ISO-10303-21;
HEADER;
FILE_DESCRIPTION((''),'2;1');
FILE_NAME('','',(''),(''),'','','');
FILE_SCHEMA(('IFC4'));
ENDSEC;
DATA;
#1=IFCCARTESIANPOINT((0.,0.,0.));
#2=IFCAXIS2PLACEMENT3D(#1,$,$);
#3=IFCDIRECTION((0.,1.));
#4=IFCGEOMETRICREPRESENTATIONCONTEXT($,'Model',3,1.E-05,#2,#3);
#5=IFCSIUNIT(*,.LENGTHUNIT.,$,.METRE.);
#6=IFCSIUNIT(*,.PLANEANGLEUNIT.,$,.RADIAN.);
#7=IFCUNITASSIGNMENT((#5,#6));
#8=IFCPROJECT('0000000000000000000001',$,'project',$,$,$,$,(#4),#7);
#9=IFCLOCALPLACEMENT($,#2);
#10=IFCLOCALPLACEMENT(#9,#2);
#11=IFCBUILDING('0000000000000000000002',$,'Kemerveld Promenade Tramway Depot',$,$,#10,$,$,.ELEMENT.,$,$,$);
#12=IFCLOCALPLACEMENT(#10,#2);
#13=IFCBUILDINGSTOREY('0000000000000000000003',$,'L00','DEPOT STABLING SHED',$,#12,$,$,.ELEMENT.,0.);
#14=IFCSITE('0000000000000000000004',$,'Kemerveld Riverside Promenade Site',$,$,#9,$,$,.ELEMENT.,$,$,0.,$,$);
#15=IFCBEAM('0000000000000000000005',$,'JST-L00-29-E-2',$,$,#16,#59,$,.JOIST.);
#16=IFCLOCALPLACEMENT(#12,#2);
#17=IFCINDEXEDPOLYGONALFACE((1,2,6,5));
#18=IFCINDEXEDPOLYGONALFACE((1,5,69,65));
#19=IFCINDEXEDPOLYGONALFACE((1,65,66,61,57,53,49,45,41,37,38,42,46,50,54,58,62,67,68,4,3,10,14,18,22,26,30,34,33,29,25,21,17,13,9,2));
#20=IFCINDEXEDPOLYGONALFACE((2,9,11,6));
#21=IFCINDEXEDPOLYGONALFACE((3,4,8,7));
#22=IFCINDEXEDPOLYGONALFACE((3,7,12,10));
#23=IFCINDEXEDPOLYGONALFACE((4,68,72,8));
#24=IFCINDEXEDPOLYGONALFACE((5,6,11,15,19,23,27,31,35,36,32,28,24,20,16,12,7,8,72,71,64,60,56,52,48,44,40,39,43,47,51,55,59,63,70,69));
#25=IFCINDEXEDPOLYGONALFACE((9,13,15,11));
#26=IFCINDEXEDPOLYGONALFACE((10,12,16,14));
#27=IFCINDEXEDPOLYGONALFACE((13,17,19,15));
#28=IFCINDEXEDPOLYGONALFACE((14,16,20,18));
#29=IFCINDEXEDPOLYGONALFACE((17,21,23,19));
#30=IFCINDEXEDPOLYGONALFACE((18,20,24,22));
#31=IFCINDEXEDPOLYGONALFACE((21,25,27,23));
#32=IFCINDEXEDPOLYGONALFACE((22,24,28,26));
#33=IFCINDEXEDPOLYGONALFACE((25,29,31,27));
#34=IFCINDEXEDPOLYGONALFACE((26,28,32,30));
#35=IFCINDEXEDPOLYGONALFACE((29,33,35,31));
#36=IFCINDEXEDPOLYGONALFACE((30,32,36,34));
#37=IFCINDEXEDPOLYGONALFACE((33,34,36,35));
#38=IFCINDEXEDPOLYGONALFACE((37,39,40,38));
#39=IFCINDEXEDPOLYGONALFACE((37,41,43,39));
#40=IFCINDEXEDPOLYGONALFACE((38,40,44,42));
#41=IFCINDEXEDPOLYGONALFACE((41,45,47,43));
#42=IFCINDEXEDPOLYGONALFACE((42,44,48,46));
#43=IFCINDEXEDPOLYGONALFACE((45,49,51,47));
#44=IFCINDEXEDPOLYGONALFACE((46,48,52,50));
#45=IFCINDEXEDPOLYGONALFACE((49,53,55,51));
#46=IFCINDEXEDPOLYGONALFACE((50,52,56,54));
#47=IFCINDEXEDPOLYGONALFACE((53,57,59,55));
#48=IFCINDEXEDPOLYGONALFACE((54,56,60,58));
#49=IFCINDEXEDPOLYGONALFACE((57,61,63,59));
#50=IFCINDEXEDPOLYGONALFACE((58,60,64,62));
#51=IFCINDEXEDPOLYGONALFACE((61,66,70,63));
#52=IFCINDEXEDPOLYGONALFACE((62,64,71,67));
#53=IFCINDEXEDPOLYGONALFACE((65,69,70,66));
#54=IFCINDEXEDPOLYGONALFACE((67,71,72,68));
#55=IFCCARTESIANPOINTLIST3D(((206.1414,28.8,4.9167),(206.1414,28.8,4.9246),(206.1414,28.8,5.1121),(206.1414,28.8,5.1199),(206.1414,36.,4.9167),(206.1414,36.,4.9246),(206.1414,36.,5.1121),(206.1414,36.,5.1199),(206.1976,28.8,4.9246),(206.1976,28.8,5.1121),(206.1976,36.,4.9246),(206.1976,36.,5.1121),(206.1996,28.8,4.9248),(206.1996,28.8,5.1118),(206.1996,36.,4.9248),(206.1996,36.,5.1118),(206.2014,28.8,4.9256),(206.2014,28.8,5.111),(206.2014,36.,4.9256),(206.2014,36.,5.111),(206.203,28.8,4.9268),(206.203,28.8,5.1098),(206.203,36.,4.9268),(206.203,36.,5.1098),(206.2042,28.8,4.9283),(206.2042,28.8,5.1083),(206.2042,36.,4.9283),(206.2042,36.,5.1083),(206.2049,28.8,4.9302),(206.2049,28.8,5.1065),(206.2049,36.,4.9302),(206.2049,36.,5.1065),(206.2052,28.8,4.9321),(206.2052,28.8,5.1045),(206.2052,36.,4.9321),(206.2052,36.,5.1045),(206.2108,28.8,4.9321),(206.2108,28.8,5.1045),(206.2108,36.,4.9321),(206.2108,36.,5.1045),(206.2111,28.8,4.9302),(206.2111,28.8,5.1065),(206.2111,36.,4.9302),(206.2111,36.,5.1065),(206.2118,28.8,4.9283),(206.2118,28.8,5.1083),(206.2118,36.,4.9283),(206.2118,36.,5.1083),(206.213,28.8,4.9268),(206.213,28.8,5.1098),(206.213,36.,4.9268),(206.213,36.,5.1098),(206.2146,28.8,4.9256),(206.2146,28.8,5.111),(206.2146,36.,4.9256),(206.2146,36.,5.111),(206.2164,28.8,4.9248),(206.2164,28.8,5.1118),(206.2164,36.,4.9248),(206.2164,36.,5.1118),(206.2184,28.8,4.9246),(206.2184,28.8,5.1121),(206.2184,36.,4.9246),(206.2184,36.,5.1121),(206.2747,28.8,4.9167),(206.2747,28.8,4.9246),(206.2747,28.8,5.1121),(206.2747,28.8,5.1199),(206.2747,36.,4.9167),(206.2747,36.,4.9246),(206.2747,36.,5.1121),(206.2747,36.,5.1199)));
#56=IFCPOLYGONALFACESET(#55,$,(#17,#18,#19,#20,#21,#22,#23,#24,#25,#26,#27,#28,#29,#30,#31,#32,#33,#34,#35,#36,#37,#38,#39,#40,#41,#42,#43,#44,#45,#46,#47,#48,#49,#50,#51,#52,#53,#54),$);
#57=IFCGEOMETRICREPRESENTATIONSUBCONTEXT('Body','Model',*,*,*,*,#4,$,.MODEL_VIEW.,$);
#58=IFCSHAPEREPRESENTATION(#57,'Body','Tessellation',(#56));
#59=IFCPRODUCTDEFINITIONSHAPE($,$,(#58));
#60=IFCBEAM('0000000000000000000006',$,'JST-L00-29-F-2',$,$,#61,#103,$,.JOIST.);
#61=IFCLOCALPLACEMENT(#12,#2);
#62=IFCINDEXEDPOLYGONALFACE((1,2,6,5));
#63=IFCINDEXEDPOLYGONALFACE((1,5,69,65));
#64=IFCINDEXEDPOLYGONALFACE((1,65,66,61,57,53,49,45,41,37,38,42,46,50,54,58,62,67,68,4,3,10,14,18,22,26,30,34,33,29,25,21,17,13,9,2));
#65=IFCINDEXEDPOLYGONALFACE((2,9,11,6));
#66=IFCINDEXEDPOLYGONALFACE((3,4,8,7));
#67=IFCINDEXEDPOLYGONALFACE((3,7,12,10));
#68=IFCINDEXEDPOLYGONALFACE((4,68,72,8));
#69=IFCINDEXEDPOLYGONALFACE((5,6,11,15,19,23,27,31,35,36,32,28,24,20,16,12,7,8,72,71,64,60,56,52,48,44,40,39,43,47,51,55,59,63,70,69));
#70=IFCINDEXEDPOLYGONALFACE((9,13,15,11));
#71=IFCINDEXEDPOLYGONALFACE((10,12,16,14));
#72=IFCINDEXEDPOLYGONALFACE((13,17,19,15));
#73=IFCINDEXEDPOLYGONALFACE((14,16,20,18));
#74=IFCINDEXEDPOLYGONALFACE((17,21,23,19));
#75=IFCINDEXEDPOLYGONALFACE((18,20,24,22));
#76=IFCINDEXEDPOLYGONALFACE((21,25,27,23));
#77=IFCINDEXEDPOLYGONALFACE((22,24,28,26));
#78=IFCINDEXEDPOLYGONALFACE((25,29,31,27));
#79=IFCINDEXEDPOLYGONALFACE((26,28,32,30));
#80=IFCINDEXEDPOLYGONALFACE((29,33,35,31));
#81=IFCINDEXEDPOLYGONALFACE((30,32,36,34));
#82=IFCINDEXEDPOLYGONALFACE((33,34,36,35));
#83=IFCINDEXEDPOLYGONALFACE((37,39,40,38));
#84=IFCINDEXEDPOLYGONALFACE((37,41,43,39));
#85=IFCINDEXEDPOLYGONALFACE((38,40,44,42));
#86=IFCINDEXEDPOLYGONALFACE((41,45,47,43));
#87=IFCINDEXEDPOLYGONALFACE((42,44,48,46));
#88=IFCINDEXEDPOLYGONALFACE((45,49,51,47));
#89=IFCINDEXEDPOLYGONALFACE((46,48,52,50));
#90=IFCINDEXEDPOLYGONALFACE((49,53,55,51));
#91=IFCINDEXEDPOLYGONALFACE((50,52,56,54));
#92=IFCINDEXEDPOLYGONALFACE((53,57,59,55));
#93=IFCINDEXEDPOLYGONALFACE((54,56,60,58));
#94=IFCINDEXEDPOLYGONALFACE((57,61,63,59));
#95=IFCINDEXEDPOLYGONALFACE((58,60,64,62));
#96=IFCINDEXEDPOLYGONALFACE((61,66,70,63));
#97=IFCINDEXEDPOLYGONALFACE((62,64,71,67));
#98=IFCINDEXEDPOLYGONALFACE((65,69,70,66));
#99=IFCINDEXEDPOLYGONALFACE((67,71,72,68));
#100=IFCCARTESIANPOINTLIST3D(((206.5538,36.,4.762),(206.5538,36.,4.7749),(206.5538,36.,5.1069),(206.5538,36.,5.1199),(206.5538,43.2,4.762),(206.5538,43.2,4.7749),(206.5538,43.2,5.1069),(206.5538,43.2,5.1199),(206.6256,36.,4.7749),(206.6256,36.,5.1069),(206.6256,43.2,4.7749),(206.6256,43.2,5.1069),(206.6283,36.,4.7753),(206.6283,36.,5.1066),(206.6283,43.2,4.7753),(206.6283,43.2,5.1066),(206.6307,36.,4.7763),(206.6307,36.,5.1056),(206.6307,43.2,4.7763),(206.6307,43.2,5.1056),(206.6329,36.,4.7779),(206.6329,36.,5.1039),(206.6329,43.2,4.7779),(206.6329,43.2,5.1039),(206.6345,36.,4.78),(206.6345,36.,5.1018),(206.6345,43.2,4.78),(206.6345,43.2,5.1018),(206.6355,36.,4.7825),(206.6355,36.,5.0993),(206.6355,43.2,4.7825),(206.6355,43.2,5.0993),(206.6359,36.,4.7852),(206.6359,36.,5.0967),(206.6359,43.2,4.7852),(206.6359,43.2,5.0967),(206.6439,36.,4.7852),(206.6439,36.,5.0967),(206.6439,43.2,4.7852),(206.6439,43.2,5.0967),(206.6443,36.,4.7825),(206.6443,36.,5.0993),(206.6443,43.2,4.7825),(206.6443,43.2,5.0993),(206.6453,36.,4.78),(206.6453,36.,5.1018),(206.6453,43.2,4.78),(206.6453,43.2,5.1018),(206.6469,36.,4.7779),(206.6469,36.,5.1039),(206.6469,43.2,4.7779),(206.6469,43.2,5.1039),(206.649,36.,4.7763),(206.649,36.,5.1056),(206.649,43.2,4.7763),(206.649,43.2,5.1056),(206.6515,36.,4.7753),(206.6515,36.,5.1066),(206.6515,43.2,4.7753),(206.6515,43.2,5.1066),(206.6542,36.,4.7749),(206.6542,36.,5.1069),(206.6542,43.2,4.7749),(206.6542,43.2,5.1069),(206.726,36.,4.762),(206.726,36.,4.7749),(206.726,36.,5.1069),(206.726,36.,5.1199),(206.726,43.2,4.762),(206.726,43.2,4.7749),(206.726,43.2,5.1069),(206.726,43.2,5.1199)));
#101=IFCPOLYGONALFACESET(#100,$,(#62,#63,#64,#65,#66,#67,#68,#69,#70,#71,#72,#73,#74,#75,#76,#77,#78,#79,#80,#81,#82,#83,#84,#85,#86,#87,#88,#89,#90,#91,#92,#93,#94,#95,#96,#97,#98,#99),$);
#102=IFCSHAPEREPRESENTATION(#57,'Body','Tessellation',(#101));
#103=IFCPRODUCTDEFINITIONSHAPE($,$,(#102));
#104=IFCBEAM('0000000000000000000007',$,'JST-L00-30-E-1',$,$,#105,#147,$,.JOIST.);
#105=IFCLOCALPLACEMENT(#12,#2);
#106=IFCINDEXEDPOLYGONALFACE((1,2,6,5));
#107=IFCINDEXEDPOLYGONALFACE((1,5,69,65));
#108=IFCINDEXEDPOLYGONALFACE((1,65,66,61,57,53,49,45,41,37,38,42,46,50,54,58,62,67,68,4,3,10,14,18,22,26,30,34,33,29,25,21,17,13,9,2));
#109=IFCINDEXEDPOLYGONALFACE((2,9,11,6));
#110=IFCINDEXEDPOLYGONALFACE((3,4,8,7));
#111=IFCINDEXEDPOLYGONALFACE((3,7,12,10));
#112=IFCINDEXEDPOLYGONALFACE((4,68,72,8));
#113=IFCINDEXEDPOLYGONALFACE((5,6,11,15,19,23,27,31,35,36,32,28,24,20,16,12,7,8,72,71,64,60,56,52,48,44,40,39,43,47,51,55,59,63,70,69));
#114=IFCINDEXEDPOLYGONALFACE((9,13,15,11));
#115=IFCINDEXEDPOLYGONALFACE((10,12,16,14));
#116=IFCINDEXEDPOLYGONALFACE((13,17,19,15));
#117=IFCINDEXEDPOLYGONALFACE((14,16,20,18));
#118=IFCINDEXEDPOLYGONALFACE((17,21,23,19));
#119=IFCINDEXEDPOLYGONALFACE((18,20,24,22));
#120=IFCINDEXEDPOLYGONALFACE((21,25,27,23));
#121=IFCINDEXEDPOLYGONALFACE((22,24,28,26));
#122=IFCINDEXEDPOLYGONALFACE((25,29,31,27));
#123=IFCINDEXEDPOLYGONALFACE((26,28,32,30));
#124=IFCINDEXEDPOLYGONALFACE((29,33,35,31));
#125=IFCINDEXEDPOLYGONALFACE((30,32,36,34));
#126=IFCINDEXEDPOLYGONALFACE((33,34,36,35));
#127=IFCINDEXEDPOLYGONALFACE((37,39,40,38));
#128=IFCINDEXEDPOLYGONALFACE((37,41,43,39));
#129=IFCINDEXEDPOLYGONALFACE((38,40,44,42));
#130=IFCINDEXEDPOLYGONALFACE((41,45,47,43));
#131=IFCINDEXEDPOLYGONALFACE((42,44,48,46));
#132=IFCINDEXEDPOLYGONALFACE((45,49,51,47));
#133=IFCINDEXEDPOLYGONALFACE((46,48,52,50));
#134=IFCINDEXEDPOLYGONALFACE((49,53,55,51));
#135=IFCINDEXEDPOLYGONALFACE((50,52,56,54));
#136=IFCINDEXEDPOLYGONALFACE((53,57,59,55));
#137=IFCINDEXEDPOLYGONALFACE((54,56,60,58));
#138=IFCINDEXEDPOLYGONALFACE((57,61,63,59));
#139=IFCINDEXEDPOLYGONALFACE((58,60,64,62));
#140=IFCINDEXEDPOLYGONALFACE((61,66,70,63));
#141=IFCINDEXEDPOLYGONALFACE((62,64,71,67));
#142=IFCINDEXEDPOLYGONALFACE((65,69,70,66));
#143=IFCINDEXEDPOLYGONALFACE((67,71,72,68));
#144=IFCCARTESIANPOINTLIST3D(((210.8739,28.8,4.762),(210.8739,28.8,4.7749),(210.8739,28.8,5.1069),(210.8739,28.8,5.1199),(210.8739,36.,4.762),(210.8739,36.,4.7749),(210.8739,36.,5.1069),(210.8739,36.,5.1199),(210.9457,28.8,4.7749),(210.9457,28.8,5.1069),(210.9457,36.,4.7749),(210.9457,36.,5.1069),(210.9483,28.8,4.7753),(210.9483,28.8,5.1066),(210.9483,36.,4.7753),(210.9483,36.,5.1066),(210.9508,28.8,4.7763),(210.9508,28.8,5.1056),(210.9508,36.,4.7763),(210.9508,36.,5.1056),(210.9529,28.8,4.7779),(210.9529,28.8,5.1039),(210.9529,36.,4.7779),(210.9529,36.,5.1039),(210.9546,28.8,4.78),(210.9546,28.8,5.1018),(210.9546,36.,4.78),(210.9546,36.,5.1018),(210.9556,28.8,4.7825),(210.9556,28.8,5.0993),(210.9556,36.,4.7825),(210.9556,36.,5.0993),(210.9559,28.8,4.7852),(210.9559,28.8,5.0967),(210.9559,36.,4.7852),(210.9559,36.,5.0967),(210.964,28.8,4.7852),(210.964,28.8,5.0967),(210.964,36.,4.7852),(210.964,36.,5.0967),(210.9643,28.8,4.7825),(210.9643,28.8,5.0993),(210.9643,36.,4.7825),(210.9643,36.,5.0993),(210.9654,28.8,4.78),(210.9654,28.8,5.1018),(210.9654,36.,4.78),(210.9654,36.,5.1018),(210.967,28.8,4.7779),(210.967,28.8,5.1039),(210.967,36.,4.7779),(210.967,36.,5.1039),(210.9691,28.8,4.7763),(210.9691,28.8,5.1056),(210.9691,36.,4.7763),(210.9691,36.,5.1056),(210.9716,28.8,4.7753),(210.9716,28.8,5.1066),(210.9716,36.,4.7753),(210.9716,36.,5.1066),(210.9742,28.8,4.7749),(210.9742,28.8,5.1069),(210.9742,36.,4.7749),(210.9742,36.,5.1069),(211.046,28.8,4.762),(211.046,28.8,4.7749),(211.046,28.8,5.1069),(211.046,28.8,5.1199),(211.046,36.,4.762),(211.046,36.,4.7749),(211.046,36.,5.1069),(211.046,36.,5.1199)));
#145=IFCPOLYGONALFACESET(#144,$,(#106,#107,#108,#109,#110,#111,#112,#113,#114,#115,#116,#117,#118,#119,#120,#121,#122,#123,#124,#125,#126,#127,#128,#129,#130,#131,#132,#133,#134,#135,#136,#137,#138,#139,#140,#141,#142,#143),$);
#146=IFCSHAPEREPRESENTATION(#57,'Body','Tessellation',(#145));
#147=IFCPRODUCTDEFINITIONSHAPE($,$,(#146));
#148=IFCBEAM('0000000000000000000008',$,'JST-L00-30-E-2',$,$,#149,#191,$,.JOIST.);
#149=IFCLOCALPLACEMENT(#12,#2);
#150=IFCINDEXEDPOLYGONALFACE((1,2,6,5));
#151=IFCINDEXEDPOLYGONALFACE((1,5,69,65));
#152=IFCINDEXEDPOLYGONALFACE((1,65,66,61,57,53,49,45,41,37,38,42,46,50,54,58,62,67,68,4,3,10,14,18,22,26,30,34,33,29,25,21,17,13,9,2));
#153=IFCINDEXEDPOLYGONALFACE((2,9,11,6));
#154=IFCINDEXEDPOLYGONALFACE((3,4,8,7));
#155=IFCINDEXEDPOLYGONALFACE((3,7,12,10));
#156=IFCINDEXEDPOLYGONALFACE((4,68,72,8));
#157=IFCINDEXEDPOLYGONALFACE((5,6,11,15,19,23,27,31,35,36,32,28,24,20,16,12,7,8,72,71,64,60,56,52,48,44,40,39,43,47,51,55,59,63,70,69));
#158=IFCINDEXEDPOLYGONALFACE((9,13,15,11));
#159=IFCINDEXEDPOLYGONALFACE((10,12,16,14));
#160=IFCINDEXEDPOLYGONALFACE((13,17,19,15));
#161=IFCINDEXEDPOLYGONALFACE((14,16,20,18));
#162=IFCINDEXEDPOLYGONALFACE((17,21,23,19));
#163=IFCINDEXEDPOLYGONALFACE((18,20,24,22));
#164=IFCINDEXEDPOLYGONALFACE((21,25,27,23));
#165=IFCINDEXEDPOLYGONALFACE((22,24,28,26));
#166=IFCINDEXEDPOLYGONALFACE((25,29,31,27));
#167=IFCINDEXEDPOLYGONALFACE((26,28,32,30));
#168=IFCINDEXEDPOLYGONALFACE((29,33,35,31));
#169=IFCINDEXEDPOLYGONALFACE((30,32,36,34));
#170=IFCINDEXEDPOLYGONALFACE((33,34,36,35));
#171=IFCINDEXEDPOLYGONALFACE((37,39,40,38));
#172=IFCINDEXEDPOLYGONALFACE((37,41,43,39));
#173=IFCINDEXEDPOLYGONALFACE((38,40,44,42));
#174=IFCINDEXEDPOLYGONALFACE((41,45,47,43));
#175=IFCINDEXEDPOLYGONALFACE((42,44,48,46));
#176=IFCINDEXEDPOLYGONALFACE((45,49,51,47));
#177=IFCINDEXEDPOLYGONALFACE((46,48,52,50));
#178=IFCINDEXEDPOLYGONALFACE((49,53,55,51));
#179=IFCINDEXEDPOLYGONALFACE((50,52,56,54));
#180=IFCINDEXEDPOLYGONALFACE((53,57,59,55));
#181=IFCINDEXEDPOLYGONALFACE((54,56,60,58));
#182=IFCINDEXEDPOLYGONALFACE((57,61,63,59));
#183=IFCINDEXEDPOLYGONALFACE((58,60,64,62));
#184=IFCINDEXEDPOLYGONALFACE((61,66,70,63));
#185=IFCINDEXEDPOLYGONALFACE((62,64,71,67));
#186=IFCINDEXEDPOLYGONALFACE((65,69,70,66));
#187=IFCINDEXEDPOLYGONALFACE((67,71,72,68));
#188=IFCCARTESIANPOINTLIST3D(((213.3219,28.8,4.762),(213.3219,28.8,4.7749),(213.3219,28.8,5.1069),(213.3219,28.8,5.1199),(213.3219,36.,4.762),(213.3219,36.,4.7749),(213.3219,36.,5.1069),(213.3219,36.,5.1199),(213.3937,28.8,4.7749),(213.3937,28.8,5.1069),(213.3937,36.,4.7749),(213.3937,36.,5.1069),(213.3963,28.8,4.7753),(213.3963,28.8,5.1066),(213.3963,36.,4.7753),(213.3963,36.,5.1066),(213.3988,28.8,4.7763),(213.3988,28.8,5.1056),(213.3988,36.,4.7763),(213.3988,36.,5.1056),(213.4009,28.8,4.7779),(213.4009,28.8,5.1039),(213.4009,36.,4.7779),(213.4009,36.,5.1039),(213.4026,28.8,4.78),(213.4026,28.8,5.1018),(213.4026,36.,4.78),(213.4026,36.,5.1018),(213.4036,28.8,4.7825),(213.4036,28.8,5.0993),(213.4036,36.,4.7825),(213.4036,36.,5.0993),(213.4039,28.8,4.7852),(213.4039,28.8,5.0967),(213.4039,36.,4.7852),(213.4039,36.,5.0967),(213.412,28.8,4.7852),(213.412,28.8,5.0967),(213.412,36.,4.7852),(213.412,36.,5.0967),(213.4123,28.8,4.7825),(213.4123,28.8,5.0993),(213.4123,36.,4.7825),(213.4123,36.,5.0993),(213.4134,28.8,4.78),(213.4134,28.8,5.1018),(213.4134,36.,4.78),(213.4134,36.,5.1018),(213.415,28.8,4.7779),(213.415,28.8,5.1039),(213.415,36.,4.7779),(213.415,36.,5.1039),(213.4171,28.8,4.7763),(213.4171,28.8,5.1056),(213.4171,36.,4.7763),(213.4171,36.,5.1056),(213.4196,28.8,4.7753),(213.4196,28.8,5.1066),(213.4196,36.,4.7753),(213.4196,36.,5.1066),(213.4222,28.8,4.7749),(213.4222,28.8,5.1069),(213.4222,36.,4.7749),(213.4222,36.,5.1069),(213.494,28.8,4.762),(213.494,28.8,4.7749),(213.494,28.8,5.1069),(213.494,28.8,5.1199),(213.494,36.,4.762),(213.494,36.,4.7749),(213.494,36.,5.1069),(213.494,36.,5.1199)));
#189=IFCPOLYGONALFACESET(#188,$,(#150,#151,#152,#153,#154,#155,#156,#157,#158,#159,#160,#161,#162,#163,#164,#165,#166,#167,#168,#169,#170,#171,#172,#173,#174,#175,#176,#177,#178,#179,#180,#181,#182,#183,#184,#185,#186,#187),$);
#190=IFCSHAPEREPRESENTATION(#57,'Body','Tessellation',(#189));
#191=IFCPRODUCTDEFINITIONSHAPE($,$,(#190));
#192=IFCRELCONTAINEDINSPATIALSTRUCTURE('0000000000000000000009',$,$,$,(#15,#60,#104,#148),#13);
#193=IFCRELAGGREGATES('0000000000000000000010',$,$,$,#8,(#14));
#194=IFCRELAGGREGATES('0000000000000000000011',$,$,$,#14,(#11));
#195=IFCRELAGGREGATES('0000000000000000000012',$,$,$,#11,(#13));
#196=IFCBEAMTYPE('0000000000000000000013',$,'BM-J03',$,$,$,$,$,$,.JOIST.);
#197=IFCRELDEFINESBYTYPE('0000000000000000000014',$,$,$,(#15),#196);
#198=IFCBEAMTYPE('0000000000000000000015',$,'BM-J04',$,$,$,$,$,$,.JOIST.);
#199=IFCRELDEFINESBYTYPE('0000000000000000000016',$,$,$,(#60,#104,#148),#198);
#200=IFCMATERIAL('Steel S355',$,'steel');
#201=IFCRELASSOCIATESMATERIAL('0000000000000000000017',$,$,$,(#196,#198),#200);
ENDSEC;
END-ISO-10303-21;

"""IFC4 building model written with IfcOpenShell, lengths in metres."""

from ifc_helpers import new_model, si_unit, direction, frame, origin, origin_2d, place, context, subcontext, project, spatial, i_section, extrude, material, material_profile, profile_set, type_object, element, save


model = new_model("IFC4")

# Units and contexts
model_context = context("Model", 3, precision=1e-05, world=origin(), true_north=direction((0.0, 1.0)))
body_context = subcontext(model_context, "Body", "Model", "MODEL_VIEW")
ifc_project = project(units=[si_unit("LENGTHUNIT", "METRE"), si_unit("PLANEANGLEUNIT", "RADIAN")], contexts=[model_context])

# Site, building, storey
site_placement = place(None, origin())
site = spatial("IfcSite", under=ifc_project, at=site_placement, Name="Kemerveld Riverside Promenade Site", CompositionType="ELEMENT", RefElevation=0.0)
building_placement = place(site_placement, origin())
building = spatial("IfcBuilding", under=site, at=building_placement, Name="Kemerveld Promenade Tramway Depot", CompositionType="ELEMENT")
storey_placement = place(building_placement, origin())
storey = spatial("IfcBuildingStorey", under=building, at=storey_placement, Name="L00", Description="DEPOT STABLING SHED", CompositionType="ELEMENT", Elevation=0.0)

# Shared definitions
ifc_material_1 = material(Name="Steel S355", Category="steel")

# Beams
ifc_material_profile_1 = material_profile(ifc_material_1, i_section(OverallWidth=0.1333, OverallDepth=0.2031, WebThickness=0.0056, FlangeThickness=0.0078, FilletRadius=0.0076, at=origin_2d()), Name="203x133x25 UB")
ifc_profile_set_1 = profile_set([ifc_material_profile_1], Name="Steel S355")
beam_type_1 = type_object("IfcBeamType", Name="BM-J03", PredefinedType="JOIST", material=ifc_profile_set_1)
beam_1_placement = place(storey_placement, frame((206.208, 28.8, 5.0183), z_axis=(0.0, 1.0, 0.0), x_axis=(-1.0, 0.0, 0.0)))
element("IfcBeam", 1, at=beam_1_placement, inside=storey, type_object=beam_type_1, Name="JST-L00-29-E-2", PredefinedType="JOIST", context=body_context, shape_type="SweptSolid", body=[
    extrude(i_section(OverallWidth=0.1333, OverallDepth=0.2031, WebThickness=0.0056, FlangeThickness=0.0078, FilletRadius=0.0076, at=origin_2d()), origin(), (0.0, 0.0, 1.0), 7.2),
])
ifc_material_profile_2 = material_profile(ifc_material_1, i_section(OverallWidth=0.1721, OverallDepth=0.3579, WebThickness=0.0081, FlangeThickness=0.0129, FilletRadius=0.0103, at=origin_2d()), Name="356x171x57 UB")
ifc_profile_set_2 = profile_set([ifc_material_profile_2], Name="Steel S355")
beam_type_2 = type_object("IfcBeamType", Name="BM-J04", PredefinedType="JOIST", material=ifc_profile_set_2)
for number, where, z_axis, x_axis, name in (
    (2, (206.6399, 36.0, 4.9409), (0.0, 1.0, 0.0), (-1.0, 0.0, 0.0), "JST-L00-29-F-2"),
    (3, (210.96, 28.8, 4.9409), (0.0, 1.0, 0.0), (-1.0, 0.0, 0.0), "JST-L00-30-E-1"),
    (4, (213.408, 28.8, 4.9409), (0.0, 1.0, 0.0), (-1.0, 0.0, 0.0), "JST-L00-30-E-2"),
):
    element("IfcBeam", number, at=place(storey_placement, frame(where, z_axis=z_axis, x_axis=x_axis)), inside=storey, type_object=beam_type_2, Name=name, PredefinedType="JOIST", context=body_context, shape_type="SweptSolid", body=[
        extrude(i_section(OverallWidth=0.1721, OverallDepth=0.3579, WebThickness=0.0081, FlangeThickness=0.0129, FilletRadius=0.0103, at=origin_2d()), origin(), (0.0, 0.0, 1.0), 7.2),
    ])

save(model, "model.ifc")
